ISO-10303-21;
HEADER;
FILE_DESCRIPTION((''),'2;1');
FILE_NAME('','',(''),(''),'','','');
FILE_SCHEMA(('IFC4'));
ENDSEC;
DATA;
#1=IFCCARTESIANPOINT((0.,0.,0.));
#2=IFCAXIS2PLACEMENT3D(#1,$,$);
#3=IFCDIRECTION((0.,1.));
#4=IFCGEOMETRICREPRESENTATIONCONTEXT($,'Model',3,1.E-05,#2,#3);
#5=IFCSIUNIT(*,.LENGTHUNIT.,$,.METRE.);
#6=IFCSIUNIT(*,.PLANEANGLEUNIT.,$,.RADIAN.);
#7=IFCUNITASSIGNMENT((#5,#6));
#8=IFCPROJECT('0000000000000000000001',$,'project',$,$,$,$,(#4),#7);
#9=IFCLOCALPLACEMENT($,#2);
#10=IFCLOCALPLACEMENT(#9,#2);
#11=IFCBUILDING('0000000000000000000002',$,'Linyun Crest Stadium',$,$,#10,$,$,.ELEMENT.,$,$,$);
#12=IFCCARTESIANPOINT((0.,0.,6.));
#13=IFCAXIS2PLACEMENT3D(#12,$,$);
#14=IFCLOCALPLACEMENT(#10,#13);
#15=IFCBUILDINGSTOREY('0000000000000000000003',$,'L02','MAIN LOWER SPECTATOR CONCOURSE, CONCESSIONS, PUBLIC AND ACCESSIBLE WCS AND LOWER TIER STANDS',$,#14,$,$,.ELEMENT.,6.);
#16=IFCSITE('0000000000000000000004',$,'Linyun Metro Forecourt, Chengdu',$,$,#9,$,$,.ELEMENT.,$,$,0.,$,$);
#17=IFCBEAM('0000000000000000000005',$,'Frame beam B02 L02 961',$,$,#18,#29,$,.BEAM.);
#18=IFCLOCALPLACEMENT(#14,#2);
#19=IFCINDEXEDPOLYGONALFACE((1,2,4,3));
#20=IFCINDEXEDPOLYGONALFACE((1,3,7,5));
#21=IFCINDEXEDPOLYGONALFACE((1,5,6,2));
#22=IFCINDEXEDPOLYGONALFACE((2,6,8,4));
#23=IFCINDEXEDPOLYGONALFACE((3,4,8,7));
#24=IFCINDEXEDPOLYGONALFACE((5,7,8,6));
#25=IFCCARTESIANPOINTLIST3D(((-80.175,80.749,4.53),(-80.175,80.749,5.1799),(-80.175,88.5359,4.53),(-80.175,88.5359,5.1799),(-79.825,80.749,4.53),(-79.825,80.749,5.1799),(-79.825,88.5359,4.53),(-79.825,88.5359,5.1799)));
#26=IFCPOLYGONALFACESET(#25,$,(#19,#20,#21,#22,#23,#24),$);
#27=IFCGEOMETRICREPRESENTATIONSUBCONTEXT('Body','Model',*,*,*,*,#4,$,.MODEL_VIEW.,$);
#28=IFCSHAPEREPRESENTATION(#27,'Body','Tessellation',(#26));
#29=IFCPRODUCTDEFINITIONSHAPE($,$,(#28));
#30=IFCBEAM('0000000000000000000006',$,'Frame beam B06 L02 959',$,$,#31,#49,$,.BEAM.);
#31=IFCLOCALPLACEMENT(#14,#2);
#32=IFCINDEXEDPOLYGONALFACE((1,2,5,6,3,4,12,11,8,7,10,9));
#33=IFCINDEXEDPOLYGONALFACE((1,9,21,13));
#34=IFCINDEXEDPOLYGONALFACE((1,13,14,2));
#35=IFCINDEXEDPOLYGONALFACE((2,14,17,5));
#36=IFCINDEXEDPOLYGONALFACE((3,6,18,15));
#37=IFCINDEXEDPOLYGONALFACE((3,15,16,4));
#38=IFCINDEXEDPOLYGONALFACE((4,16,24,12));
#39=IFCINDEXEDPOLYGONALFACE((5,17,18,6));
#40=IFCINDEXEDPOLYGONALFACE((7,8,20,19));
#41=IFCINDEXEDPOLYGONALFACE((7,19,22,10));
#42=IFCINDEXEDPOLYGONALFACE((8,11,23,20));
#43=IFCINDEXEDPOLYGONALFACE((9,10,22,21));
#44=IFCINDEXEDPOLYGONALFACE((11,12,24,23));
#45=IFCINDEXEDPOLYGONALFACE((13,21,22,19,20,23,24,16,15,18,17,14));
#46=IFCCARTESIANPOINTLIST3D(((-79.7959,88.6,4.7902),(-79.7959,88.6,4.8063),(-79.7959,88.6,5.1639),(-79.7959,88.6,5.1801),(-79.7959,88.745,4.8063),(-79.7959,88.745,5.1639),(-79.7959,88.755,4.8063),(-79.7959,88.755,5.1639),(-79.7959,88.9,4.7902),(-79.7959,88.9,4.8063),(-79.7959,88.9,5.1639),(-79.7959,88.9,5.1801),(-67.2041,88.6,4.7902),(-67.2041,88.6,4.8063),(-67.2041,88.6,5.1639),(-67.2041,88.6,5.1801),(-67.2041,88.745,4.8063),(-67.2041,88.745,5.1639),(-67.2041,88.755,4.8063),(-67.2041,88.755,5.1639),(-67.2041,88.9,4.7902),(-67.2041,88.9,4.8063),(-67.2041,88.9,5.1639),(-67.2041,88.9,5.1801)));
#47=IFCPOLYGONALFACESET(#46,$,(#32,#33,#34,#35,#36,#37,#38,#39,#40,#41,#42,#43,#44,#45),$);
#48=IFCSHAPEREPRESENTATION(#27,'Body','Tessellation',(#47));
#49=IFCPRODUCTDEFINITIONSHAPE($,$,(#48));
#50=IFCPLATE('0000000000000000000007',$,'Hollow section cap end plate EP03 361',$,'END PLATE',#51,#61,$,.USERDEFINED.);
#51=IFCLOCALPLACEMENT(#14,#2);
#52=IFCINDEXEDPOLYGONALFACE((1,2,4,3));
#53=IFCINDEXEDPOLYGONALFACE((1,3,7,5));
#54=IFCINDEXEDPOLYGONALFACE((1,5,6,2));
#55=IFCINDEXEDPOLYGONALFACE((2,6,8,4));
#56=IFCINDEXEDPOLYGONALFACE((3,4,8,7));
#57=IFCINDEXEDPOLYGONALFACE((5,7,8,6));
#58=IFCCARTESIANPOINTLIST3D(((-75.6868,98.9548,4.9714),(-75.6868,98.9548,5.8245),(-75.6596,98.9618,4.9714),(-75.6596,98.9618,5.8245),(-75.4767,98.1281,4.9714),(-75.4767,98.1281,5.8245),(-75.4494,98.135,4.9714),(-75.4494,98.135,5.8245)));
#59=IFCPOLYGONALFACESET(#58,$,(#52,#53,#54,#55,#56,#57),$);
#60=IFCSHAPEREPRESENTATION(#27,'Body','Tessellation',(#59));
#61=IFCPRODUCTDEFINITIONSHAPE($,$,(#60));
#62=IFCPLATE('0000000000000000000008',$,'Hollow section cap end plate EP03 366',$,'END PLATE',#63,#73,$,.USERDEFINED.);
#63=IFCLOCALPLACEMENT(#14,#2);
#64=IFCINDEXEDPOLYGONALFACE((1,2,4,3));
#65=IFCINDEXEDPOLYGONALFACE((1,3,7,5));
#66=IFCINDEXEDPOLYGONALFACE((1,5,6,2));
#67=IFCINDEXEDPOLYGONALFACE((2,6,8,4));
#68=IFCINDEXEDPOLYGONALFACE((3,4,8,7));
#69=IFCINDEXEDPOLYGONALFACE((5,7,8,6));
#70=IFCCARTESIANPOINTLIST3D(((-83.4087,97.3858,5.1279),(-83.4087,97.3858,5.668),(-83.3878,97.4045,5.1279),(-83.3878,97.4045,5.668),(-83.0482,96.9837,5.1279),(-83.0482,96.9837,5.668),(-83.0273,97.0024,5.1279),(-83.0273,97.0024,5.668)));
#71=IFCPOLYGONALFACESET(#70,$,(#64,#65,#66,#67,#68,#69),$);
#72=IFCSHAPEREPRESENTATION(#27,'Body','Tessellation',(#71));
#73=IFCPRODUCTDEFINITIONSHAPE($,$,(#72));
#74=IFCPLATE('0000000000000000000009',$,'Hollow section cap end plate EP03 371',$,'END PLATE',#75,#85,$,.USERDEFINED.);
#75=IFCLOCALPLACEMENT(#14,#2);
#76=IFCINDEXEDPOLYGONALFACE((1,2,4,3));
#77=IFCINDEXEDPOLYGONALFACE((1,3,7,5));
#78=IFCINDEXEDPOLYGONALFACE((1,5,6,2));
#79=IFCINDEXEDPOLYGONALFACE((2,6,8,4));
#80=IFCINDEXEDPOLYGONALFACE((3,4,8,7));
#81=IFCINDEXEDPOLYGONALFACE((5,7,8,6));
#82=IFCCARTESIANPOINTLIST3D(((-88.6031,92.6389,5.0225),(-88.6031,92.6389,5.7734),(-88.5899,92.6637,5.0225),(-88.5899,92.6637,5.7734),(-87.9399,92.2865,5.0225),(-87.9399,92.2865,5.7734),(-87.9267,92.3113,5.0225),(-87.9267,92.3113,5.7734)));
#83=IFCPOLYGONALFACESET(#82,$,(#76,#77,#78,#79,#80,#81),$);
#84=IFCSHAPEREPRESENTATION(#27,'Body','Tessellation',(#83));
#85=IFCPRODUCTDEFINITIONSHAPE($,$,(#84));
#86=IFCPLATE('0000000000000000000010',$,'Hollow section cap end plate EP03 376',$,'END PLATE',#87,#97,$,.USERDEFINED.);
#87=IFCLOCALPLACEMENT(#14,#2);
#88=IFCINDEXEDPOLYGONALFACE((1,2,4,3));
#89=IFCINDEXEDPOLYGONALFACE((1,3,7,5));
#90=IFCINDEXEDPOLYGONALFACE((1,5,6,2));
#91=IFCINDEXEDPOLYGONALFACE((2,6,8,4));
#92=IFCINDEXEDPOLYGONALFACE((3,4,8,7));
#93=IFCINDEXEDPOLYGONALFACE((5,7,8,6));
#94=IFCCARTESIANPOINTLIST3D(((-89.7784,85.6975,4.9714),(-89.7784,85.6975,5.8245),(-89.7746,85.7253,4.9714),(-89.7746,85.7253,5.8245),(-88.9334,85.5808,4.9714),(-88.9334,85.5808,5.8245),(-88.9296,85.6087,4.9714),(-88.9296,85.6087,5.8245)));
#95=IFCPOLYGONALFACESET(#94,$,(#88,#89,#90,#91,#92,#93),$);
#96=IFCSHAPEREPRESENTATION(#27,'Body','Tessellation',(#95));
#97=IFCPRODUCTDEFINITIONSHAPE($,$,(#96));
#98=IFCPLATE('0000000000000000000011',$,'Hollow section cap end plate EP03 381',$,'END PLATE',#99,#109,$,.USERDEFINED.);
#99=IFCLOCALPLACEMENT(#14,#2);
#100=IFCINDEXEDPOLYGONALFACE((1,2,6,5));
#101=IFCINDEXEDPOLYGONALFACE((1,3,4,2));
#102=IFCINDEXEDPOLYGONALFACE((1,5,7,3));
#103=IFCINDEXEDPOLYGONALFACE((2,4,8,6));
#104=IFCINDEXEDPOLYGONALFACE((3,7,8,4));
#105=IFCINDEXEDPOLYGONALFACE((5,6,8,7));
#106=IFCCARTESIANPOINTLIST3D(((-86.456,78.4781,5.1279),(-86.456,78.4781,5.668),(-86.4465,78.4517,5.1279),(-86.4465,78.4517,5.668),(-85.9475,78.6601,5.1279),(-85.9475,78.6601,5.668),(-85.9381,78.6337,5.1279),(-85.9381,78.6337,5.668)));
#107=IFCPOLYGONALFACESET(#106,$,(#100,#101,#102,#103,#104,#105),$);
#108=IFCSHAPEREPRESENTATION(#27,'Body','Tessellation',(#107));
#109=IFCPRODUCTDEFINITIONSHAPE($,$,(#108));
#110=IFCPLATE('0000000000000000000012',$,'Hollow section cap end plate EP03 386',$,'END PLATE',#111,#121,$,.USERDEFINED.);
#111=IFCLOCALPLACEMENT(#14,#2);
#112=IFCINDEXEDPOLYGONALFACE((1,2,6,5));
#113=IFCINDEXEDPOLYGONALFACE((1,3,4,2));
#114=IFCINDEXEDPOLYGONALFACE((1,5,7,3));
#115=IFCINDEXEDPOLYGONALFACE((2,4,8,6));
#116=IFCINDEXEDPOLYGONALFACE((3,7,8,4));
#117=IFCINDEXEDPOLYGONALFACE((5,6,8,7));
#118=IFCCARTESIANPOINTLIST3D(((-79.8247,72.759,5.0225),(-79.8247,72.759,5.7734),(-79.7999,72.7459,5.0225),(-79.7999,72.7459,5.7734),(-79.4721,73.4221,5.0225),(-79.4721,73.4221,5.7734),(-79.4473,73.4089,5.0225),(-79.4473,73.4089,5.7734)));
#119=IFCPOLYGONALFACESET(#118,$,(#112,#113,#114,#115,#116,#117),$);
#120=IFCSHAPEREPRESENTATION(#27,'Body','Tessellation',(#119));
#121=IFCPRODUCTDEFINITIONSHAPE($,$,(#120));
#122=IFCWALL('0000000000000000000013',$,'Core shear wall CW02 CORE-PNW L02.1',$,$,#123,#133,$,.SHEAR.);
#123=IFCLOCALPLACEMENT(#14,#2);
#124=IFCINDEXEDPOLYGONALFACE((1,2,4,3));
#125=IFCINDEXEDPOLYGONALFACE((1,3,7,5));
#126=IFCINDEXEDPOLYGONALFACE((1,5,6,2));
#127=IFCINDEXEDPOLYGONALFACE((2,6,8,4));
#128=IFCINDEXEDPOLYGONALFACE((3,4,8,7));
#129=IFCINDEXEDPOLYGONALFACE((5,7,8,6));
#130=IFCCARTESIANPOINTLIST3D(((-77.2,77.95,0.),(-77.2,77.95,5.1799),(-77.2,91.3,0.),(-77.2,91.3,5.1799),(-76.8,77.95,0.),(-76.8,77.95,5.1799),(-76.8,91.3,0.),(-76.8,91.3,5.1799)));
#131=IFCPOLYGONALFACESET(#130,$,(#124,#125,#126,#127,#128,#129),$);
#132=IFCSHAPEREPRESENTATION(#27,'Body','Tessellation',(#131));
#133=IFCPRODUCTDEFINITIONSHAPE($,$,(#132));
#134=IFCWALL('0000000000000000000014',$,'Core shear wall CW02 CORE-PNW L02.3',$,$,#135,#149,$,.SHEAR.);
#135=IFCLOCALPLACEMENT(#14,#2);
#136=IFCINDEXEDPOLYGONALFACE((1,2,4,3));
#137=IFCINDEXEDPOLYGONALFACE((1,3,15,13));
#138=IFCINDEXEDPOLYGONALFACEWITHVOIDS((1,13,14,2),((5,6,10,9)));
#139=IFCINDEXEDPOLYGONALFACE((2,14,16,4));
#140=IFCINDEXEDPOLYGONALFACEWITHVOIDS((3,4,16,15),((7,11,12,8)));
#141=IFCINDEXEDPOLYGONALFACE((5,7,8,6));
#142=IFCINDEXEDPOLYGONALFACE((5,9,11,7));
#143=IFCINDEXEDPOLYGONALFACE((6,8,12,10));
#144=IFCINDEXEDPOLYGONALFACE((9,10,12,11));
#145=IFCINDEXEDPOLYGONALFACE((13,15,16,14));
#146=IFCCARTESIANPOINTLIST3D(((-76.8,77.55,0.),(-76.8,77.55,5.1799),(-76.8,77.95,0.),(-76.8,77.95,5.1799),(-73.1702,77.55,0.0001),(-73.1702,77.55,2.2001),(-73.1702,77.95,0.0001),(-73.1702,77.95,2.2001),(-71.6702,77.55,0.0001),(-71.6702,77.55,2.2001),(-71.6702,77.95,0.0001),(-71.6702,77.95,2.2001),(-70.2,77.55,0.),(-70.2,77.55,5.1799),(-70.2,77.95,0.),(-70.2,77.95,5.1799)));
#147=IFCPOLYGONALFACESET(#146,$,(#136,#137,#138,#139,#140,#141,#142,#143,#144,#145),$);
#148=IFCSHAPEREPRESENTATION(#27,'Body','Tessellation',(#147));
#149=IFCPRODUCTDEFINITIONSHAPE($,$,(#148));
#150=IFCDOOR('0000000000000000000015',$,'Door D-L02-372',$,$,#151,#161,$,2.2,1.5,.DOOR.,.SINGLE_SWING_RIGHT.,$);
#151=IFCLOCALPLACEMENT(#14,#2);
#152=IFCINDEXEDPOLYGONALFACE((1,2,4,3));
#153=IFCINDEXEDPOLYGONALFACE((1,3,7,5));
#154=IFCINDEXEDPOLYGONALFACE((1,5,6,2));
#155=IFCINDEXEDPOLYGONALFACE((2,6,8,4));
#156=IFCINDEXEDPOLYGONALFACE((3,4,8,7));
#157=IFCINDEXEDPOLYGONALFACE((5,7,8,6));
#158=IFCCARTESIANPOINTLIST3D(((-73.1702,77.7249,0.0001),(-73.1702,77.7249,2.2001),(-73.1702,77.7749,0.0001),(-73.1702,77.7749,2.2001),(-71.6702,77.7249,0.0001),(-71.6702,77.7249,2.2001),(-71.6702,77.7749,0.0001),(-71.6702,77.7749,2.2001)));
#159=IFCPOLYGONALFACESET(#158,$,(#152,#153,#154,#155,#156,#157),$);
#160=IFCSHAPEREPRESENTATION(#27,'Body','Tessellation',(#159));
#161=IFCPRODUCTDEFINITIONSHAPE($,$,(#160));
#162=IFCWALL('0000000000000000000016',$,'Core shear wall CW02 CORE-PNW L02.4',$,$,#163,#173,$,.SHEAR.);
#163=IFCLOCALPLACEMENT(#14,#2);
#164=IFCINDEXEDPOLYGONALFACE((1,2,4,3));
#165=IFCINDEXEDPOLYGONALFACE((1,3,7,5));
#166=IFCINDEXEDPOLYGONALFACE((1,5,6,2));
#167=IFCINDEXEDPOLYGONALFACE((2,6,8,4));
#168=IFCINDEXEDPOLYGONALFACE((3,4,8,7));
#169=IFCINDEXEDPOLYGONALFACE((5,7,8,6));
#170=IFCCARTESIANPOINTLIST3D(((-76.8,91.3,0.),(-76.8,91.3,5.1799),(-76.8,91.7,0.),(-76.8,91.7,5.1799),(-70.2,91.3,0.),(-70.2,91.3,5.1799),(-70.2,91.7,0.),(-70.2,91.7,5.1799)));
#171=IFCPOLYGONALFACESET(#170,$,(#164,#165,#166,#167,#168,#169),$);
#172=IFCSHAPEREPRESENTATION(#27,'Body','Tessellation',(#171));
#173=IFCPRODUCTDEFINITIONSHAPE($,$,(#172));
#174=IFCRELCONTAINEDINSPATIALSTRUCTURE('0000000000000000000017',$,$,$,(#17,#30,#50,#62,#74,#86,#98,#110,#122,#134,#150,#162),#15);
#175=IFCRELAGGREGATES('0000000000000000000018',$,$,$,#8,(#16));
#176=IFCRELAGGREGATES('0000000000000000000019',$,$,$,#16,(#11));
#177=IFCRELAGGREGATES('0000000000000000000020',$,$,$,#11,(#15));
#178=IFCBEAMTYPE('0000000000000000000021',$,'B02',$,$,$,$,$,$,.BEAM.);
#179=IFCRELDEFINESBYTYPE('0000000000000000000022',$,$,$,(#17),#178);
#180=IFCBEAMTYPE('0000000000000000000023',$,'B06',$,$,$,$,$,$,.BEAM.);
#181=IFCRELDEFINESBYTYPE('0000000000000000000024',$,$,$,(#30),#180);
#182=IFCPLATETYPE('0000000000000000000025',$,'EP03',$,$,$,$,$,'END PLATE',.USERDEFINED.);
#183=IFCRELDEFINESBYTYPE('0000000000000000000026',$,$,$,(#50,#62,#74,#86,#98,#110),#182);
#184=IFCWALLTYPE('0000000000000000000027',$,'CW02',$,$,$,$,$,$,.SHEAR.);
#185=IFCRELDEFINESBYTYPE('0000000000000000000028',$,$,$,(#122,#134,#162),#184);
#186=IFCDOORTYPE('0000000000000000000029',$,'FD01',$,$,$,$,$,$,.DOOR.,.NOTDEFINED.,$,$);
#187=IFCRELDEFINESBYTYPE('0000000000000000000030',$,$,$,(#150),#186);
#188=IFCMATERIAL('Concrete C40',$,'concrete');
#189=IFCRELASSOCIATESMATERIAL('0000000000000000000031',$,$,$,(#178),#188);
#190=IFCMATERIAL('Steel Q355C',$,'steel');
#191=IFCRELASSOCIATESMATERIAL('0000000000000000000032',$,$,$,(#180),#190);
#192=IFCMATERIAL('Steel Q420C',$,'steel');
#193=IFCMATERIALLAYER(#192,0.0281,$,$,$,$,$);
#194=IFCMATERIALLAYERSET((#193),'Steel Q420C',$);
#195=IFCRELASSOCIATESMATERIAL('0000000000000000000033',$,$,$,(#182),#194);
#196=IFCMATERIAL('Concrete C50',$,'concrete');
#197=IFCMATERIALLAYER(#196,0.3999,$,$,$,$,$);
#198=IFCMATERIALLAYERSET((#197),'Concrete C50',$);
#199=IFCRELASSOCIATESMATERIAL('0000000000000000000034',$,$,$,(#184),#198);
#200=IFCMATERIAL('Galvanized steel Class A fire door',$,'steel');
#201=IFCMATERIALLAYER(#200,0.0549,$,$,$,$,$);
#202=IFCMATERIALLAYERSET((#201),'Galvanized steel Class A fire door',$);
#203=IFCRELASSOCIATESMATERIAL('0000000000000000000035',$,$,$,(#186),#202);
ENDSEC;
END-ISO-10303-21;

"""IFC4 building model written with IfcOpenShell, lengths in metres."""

from ifc_helpers import new_model, si_unit, direction, frame, frame_2d, origin, origin_2d, place, context, subcontext, project, spatial, rectangle, i_section, extrude, material, layer, layer_set, material_profile, profile_set, type_object, element, fill, save


model = new_model("IFC4")

# Units and contexts
model_context = context("Model", 3, precision=1e-05, world=origin(), true_north=direction((0.0, 1.0)))
body_context = subcontext(model_context, "Body", "Model", "MODEL_VIEW")
ifc_project = project(units=[si_unit("LENGTHUNIT", "METRE"), si_unit("PLANEANGLEUNIT", "RADIAN")], contexts=[model_context])

# Site, building, storey
site_placement = place(None, origin())
site = spatial("IfcSite", under=ifc_project, at=site_placement, Name="Linyun Metro Forecourt, Chengdu", CompositionType="ELEMENT", RefElevation=0.0)
building_placement = place(site_placement, origin())
building = spatial("IfcBuilding", under=site, at=building_placement, Name="Linyun Crest Stadium", CompositionType="ELEMENT")
storey_placement = place(building_placement, frame((0.0, 0.0, 6.0)))
storey = spatial("IfcBuildingStorey", under=building, at=storey_placement, Name="L02", Description="MAIN LOWER SPECTATOR CONCOURSE, CONCESSIONS, PUBLIC AND ACCESSIBLE WCS AND LOWER TIER STANDS", CompositionType="ELEMENT", Elevation=6.0)

# Beams
ifc_material_1 = material(Name="Concrete C40", Category="concrete")
ifc_material_profile_1 = material_profile(ifc_material_1, rectangle(XDim=0.3501, YDim=0.6499, at=origin_2d()), Name="RCB 650x350")
ifc_profile_set_1 = profile_set([ifc_material_profile_1], Name="Concrete C40")
beam_type_1 = type_object("IfcBeamType", Name="B02", PredefinedType="BEAM", material=ifc_profile_set_1)
beam_1_placement = place(storey_placement, frame((-80.0, 80.749, 4.855), z_axis=(0.0, 1.0, 0.0), x_axis=(-1.0, 0.0, 0.0)))
element("IfcBeam", 1, at=beam_1_placement, inside=storey, type_object=beam_type_1, Name="Frame beam B02 L02 961", PredefinedType="BEAM", context=body_context, shape_type="SweptSolid", body=[
    extrude(rectangle(XDim=0.3501, YDim=0.6499, at=origin_2d()), origin(), (0.0, 0.0, 1.0), 7.7869),
])
ifc_material_2 = material(Name="Steel Q355C", Category="steel")
ifc_material_profile_2 = material_profile(ifc_material_2, i_section(OverallWidth=0.3, OverallDepth=0.3899, WebThickness=0.01, FlangeThickness=0.0161, at=origin_2d()), Name="HM 390x300")
ifc_profile_set_2 = profile_set([ifc_material_profile_2], Name="Steel Q355C")
beam_type_2 = type_object("IfcBeamType", Name="B06", PredefinedType="BEAM", material=ifc_profile_set_2)
beam_2_placement = place(storey_placement, frame((-79.7959, 88.75, 4.9851), z_axis=(1.0, 0.0, 0.0), x_axis=(0.0, 1.0, 0.0)))
element("IfcBeam", 2, at=beam_2_placement, inside=storey, type_object=beam_type_2, Name="Frame beam B06 L02 959", PredefinedType="BEAM", context=body_context, shape_type="SweptSolid", body=[
    extrude(i_section(OverallWidth=0.3, OverallDepth=0.3899, WebThickness=0.01, FlangeThickness=0.0161, at=origin_2d()), origin(), (0.0, 0.0, 1.0), 12.5918),
])

# Plates
ifc_material_3 = material(Name="Steel Q420C", Category="steel")
ifc_layer_1 = layer(ifc_material_3, 0.0281)
ifc_layer_set_1 = layer_set([ifc_layer_1], Name="Steel Q420C")
plate_type = type_object("IfcPlateType", Name="EP03", ElementType="END PLATE", PredefinedType="USERDEFINED", material=ifc_layer_set_1)
plate_1_placement = place(storey_placement, frame((-75.5681, 98.5449, 4.9714), z_axis=(0.0, 0.0, 1.0), x_axis=(-0.246322, 0.969188, 0.0)))
element("IfcPlate", 3, at=plate_1_placement, inside=storey, type_object=plate_type, Name="Hollow section cap end plate EP03 361", ObjectType="END PLATE", PredefinedType="USERDEFINED", context=body_context, shape_type="SweptSolid", body=[
    extrude(rectangle(XDim=0.853, YDim=0.0281, at=origin_2d()), origin(), (0.0, 0.0, 1.0), 0.853),
])
plate_2_placement = place(storey_placement, frame((-83.218, 97.1941, 5.1279), z_axis=(0.0, 0.0, 1.0), x_axis=(-0.667573, 0.744545, 0.0)))
element("IfcPlate", 4, at=plate_2_placement, inside=storey, type_object=plate_type, Name="Hollow section cap end plate EP03 366", ObjectType="END PLATE", PredefinedType="USERDEFINED", context=body_context, shape_type="SweptSolid", body=[
    extrude(rectangle(XDim=0.54, YDim=0.0281, at=origin_2d()), origin(), (0.0, 0.0, 1.0), 0.54),
])
plate_3_placement = place(storey_placement, frame((-88.2649, 92.4751, 5.0225), z_axis=(0.0, 0.0, 1.0), x_axis=(-0.883111, 0.469163, 0.0)))
element("IfcPlate", 5, at=plate_3_placement, inside=storey, type_object=plate_type, Name="Hollow section cap end plate EP03 371", ObjectType="END PLATE", PredefinedType="USERDEFINED", context=body_context, shape_type="SweptSolid", body=[
    extrude(rectangle(XDim=0.751, YDim=0.0281, at=origin_2d()), origin(), (0.0, 0.0, 1.0), 0.751),
])
plate_4_placement = place(storey_placement, frame((-89.354, 85.6531, 4.9714), z_axis=(0.0, 0.0, 1.0), x_axis=(-0.990605, 0.136753, 0.0)))
element("IfcPlate", 6, at=plate_4_placement, inside=storey, type_object=plate_type, Name="Hollow section cap end plate EP03 376", ObjectType="END PLATE", PredefinedType="USERDEFINED", context=body_context, shape_type="SweptSolid", body=[
    extrude(rectangle(XDim=0.853, YDim=0.0281, at=origin_2d()), origin(), (0.0, 0.0, 1.0), 0.853),
])
plate_5_placement = place(storey_placement, frame((-86.197, 78.5559, 5.1279), z_axis=(0.0, 0.0, 1.0), x_axis=(-0.941529, -0.336931, 0.0)))
element("IfcPlate", 7, at=plate_5_placement, inside=storey, type_object=plate_type, Name="Hollow section cap end plate EP03 381", ObjectType="END PLATE", PredefinedType="USERDEFINED", context=body_context, shape_type="SweptSolid", body=[
    extrude(rectangle(XDim=0.54, YDim=0.0281, at=origin_2d()), origin(), (0.0, 0.0, 1.0), 0.54),
])
plate_6_placement = place(storey_placement, frame((-79.636, 73.084, 5.0225), z_axis=(0.0, 0.0, 1.0), x_axis=(-0.469472, -0.882948, 0.0)))
element("IfcPlate", 8, at=plate_6_placement, inside=storey, type_object=plate_type, Name="Hollow section cap end plate EP03 386", ObjectType="END PLATE", PredefinedType="USERDEFINED", context=body_context, shape_type="SweptSolid", body=[
    extrude(rectangle(XDim=0.751, YDim=0.0281, at=origin_2d()), origin(), (0.0, 0.0, 1.0), 0.751),
])

# Wall
ifc_material_4 = material(Name="Concrete C50", Category="concrete")
ifc_layer_2 = layer(ifc_material_4, 0.3999)
ifc_layer_set_2 = layer_set([ifc_layer_2], Name="Concrete C50")
wall_type_1 = type_object("IfcWallType", Name="CW02", PredefinedType="SHEAR", material=ifc_layer_set_2)
wall_1_placement = place(storey_placement, frame((-77.0, 77.95, 0.0), z_axis=(0.0, 0.0, 1.0), x_axis=(0.0, 1.0, 0.0)))
element("IfcWall", 9, at=wall_1_placement, inside=storey, type_object=wall_type_1, Name="Core shear wall CW02 CORE-PNW L02.1", PredefinedType="SHEAR", context=body_context, shape_type="SweptSolid", body=[
    extrude(rectangle(XDim=13.3501, YDim=0.3999, at=frame_2d((6.675, 0.0))), origin(), (0.0, 0.0, 1.0), 5.1799),
])

# Wall, opening, door
wall_2_placement = place(storey_placement, frame((-76.8, 77.75, 0.0), z_axis=(0.0, 0.0, 1.0), x_axis=(1.0, 0.0, 0.0)))
wall_2 = element("IfcWall", 10, at=wall_2_placement, inside=storey, type_object=wall_type_1, Name="Core shear wall CW02 CORE-PNW L02.3", PredefinedType="SHEAR", context=body_context, shape_type="SweptSolid", body=[
    extrude(rectangle(XDim=6.6001, YDim=0.3999, at=frame_2d((3.3, 0.0))), origin(), (0.0, 0.0, 1.0), 5.1799),
])
opening_placement = place(wall_2_placement, frame((3.6299, 0.0, 0.0)))
opening = element("IfcOpeningElement", 11, at=opening_placement, cuts=wall_2, PredefinedType="OPENING", context=body_context, shape_type="SweptSolid", body=[
    extrude(rectangle(XDim=1.5, YDim=2.2, at=frame_2d((0.75, 1.1001))), frame((0.0, 0.21, 0.0), z_axis=(0.0, -1.0, 0.0), x_axis=(1.0, 0.0, 0.0)), (0.0, 0.0, 1.0), 0.4199),
])
ifc_material_5 = material(Name="Galvanized steel Class A fire door", Category="steel")
ifc_layer_3 = layer(ifc_material_5, 0.0549)
ifc_layer_set_3 = layer_set([ifc_layer_3], Name="Galvanized steel Class A fire door")
door_type = type_object("IfcDoorType", Name="FD01", OperationType="NOTDEFINED", PredefinedType="DOOR", material=ifc_layer_set_3)
door_placement = place(opening_placement, origin())
door = element("IfcDoor", 12, at=door_placement, inside=storey, type_object=door_type, Name="Door D-L02-372", OperationType="SINGLE_SWING_RIGHT", OverallHeight=2.2, OverallWidth=1.5, PredefinedType="DOOR", context=body_context, shape_type="SweptSolid", body=[
    extrude(rectangle(XDim=1.5, YDim=2.2, at=frame_2d((0.75, 1.1001))), frame((0.0, 0.0249, 0.0), z_axis=(0.0, -1.0, 0.0), x_axis=(1.0, 0.0, 0.0)), (0.0, 0.0, 1.0), 0.05),
])
fill(opening, door)

# Wall
wall_3_placement = place(storey_placement, frame((-76.8, 91.5, 0.0), z_axis=(0.0, 0.0, 1.0), x_axis=(1.0, 0.0, 0.0)))
element("IfcWall", 13, at=wall_3_placement, inside=storey, type_object=wall_type_1, Name="Core shear wall CW02 CORE-PNW L02.4", PredefinedType="SHEAR", context=body_context, shape_type="SweptSolid", body=[
    extrude(rectangle(XDim=6.6001, YDim=0.3999, at=frame_2d((3.3, 0.0))), origin(), (0.0, 0.0, 1.0), 5.1799),
])

save(model, "model.ifc")
